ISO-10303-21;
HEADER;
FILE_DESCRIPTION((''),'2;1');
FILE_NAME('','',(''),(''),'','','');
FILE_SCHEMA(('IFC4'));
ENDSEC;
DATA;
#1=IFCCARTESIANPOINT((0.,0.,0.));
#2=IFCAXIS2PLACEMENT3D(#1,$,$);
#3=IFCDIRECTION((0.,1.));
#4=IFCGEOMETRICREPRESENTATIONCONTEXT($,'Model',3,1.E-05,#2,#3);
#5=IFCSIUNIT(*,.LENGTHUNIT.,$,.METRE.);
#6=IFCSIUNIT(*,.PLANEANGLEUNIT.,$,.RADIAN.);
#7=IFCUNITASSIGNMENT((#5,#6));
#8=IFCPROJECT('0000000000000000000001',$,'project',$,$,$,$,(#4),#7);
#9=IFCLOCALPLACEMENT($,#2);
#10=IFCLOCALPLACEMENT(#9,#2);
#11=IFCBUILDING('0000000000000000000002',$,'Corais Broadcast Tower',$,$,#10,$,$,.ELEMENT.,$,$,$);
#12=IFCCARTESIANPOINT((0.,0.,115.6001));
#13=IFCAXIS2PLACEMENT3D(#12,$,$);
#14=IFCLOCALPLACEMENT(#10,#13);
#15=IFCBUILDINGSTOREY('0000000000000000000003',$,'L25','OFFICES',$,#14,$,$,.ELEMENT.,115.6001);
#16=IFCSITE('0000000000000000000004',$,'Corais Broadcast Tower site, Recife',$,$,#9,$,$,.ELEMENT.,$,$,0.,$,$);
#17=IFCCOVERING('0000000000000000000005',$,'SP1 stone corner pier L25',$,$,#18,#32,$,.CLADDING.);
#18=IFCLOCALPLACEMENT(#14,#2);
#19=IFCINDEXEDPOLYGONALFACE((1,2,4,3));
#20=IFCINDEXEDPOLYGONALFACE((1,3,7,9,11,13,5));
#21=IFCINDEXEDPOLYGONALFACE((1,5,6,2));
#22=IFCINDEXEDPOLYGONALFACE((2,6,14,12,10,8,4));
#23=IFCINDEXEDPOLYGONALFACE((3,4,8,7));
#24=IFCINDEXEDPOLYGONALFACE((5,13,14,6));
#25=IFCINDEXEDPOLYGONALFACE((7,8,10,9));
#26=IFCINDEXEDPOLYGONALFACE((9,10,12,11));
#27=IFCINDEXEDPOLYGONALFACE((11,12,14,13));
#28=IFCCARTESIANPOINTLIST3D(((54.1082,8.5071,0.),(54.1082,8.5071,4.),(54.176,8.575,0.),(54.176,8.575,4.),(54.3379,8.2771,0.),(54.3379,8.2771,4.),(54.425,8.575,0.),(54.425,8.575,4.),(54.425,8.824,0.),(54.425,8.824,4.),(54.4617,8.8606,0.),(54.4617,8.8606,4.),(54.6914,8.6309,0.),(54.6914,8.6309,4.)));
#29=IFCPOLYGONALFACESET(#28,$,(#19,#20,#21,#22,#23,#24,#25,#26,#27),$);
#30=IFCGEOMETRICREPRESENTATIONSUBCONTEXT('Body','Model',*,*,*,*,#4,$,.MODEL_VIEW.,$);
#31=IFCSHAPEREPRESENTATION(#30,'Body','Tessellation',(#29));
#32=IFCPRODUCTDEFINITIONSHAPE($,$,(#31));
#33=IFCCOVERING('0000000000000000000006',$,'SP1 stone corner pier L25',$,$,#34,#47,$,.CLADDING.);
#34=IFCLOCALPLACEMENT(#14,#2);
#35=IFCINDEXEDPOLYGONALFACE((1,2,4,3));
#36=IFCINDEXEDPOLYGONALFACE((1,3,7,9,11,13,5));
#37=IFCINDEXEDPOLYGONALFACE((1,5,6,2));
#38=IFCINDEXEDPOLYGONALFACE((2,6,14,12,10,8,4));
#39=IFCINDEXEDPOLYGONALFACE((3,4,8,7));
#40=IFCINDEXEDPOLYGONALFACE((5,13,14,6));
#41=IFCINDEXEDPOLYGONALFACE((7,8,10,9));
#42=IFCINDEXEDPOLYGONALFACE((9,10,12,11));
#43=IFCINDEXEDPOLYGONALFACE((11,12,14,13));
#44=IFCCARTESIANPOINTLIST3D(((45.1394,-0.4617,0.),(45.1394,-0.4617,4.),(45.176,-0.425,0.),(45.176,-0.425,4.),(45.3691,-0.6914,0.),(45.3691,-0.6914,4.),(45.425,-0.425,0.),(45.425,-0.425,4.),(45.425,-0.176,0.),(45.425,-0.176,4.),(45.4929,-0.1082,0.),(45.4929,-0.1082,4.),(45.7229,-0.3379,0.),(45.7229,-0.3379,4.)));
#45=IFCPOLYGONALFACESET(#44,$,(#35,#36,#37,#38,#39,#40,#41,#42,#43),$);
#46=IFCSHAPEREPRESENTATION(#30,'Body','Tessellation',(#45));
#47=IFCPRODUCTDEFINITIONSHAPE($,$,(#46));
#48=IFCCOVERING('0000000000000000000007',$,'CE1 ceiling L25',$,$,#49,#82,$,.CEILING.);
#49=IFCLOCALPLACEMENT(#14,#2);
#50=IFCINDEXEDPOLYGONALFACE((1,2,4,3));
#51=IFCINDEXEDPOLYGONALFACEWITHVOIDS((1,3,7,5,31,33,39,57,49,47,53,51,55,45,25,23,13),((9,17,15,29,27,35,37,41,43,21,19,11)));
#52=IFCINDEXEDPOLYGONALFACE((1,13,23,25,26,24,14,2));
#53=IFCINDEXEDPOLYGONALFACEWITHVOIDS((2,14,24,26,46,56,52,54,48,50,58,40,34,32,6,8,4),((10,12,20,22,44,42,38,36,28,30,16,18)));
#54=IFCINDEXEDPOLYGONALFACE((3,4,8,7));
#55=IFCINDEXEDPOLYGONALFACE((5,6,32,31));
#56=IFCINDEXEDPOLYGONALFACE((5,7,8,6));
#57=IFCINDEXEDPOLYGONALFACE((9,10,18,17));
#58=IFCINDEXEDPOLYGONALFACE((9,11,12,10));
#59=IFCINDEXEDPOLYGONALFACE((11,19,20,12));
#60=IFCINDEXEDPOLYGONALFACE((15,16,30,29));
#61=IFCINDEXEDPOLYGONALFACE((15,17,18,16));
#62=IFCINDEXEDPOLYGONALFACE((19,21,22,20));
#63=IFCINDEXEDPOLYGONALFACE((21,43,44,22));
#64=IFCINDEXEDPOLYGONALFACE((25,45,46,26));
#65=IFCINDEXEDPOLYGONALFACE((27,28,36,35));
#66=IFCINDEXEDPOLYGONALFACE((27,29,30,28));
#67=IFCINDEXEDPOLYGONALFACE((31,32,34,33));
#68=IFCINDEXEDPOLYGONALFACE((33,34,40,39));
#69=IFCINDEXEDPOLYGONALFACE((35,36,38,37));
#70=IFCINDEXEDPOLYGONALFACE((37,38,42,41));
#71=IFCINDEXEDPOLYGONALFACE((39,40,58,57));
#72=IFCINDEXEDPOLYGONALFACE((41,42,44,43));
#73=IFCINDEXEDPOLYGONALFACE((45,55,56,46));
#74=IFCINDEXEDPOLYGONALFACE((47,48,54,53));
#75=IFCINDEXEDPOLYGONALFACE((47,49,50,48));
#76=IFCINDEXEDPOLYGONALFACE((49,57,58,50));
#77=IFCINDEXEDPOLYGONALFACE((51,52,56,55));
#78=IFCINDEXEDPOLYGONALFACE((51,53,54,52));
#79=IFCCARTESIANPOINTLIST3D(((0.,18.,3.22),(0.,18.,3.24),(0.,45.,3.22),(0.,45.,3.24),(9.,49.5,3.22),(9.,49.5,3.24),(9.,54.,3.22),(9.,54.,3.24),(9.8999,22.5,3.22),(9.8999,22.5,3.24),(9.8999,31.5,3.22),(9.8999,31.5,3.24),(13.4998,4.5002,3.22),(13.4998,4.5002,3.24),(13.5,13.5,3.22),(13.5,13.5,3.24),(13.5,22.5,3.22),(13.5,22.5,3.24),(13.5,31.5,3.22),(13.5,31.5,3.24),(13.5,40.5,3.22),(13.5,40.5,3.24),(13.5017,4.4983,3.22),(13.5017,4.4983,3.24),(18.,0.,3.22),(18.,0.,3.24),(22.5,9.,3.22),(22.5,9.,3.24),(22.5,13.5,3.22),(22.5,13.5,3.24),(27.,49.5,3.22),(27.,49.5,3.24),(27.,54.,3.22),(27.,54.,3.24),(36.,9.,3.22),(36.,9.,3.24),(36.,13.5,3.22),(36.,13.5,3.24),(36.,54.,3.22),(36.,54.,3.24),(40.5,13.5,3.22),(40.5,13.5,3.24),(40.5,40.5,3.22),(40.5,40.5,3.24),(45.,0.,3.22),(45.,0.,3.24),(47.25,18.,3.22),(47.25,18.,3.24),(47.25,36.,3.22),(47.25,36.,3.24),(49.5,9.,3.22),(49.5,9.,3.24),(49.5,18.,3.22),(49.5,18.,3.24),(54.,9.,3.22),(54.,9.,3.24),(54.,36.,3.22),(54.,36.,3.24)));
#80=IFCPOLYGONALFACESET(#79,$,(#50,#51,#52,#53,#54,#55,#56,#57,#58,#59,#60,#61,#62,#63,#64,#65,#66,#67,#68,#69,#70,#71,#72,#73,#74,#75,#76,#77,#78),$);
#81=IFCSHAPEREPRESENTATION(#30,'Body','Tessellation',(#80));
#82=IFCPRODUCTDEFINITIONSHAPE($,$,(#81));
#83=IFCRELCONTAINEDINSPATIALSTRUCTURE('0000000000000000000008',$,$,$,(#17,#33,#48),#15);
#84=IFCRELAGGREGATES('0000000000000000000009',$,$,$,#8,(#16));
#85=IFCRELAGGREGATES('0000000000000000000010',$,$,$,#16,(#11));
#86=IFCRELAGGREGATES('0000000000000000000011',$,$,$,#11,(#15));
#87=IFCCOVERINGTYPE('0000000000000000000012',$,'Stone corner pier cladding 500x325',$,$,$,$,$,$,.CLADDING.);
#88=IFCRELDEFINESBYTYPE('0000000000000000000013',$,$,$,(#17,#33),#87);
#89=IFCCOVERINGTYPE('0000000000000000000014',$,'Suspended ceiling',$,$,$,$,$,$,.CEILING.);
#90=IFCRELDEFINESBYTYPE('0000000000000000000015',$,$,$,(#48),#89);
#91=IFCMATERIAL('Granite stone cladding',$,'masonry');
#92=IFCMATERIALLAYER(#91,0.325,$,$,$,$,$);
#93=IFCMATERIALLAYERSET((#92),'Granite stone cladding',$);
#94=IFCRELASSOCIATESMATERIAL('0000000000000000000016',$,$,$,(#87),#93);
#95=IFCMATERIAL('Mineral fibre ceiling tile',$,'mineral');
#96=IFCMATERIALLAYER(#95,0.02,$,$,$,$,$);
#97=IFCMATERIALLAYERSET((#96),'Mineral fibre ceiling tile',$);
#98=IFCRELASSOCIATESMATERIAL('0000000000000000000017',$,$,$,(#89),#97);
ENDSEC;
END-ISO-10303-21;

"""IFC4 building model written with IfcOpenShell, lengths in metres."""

from ifc_helpers import new_model, si_unit, direction, frame, origin, place, context, subcontext, project, spatial, polyline, outline, extrude, material, layer, layer_set, type_object, element, save


model = new_model("IFC4")

# Units and contexts
model_context = context("Model", 3, precision=1e-05, world=origin(), true_north=direction((0.0, 1.0)))
body_context = subcontext(model_context, "Body", "Model", "MODEL_VIEW")
ifc_project = project(units=[si_unit("LENGTHUNIT", "METRE"), si_unit("PLANEANGLEUNIT", "RADIAN")], contexts=[model_context])

# Site, building, storey
site_placement = place(None, origin())
site = spatial("IfcSite", under=ifc_project, at=site_placement, Name="Corais Broadcast Tower site, Recife", CompositionType="ELEMENT", RefElevation=0.0)
building_placement = place(site_placement, origin())
building = spatial("IfcBuilding", under=site, at=building_placement, Name="Corais Broadcast Tower", CompositionType="ELEMENT")
storey_placement = place(building_placement, frame((0.0, 0.0, 115.6001)))
storey = spatial("IfcBuildingStorey", under=building, at=storey_placement, Name="L25", Description="OFFICES", CompositionType="ELEMENT", Elevation=115.6001)

# Coverings
ifc_material_1 = material(Name="Granite stone cladding", Category="masonry")
ifc_layer_1 = layer(ifc_material_1, 0.325)
ifc_layer_set_1 = layer_set([ifc_layer_1], Name="Granite stone cladding")
covering_type_1 = type_object("IfcCoveringType", Name="Stone corner pier cladding 500x325", PredefinedType="CLADDING", material=ifc_layer_set_1)
covering_1_placement = place(storey_placement, origin())
element("IfcCovering", 1, at=covering_1_placement, inside=storey, type_object=covering_type_1, Name="SP1 stone corner pier L25", PredefinedType="CLADDING", context=body_context, shape_type="SweptSolid", body=[
    extrude(outline(polyline([(54.4617, 8.8606), (54.425, 8.824), (54.425, 8.575), (54.176, 8.575), (54.1082, 8.5071), (54.3379, 8.2771), (54.6914, 8.6309), (54.4617, 8.8606)])), origin(), (0.0, 0.0, 1.0), 4.0),
])
covering_2_placement = place(storey_placement, origin())
element("IfcCovering", 2, at=covering_2_placement, inside=storey, type_object=covering_type_1, Name="SP1 stone corner pier L25", PredefinedType="CLADDING", context=body_context, shape_type="SweptSolid", body=[
    extrude(outline(polyline([(45.176, -0.425), (45.1394, -0.4617), (45.3691, -0.6914), (45.7229, -0.3379), (45.4929, -0.1082), (45.425, -0.176), (45.425, -0.425), (45.176, -0.425)])), origin(), (0.0, 0.0, 1.0), 4.0),
])
ifc_material_2 = material(Name="Mineral fibre ceiling tile", Category="mineral")
ifc_layer_2 = layer(ifc_material_2, 0.02)
ifc_layer_set_2 = layer_set([ifc_layer_2], Name="Mineral fibre ceiling tile")
covering_type_2 = type_object("IfcCoveringType", Name="Suspended ceiling", PredefinedType="CEILING", material=ifc_layer_set_2)
covering_3_placement = place(storey_placement, frame((0.0, 0.0, 3.22)))
element("IfcCovering", 3, at=covering_3_placement, inside=storey, type_object=covering_type_2, Name="CE1 ceiling L25", PredefinedType="CEILING", context=body_context, shape_type="SweptSolid", body=[
    extrude(outline(polyline([(49.5, 18.0), (49.5, 9.0), (54.0, 9.0), (45.0, 0.0), (18.0, 0.0), (13.5017, 4.4983), (13.4998, 4.5002), (0.0, 18.0), (0.0, 45.0), (9.0, 54.0), (9.0, 49.5), (27.0, 49.5), (27.0, 54.0), (36.0, 54.0), (54.0, 36.0), (47.25, 36.0), (47.25, 18.0), (49.5, 18.0)]), holes=[polyline([(13.5, 31.5), (9.8999, 31.5), (9.8999, 22.5), (13.5, 22.5), (13.5, 13.5), (22.5, 13.5), (22.5, 9.0), (36.0, 9.0), (36.0, 13.5), (40.5, 13.5), (40.5, 40.5), (13.5, 40.5), (13.5, 31.5)])]), origin(), (0.0, 0.0, 1.0), 0.02),
])

save(model, "model.ifc")
